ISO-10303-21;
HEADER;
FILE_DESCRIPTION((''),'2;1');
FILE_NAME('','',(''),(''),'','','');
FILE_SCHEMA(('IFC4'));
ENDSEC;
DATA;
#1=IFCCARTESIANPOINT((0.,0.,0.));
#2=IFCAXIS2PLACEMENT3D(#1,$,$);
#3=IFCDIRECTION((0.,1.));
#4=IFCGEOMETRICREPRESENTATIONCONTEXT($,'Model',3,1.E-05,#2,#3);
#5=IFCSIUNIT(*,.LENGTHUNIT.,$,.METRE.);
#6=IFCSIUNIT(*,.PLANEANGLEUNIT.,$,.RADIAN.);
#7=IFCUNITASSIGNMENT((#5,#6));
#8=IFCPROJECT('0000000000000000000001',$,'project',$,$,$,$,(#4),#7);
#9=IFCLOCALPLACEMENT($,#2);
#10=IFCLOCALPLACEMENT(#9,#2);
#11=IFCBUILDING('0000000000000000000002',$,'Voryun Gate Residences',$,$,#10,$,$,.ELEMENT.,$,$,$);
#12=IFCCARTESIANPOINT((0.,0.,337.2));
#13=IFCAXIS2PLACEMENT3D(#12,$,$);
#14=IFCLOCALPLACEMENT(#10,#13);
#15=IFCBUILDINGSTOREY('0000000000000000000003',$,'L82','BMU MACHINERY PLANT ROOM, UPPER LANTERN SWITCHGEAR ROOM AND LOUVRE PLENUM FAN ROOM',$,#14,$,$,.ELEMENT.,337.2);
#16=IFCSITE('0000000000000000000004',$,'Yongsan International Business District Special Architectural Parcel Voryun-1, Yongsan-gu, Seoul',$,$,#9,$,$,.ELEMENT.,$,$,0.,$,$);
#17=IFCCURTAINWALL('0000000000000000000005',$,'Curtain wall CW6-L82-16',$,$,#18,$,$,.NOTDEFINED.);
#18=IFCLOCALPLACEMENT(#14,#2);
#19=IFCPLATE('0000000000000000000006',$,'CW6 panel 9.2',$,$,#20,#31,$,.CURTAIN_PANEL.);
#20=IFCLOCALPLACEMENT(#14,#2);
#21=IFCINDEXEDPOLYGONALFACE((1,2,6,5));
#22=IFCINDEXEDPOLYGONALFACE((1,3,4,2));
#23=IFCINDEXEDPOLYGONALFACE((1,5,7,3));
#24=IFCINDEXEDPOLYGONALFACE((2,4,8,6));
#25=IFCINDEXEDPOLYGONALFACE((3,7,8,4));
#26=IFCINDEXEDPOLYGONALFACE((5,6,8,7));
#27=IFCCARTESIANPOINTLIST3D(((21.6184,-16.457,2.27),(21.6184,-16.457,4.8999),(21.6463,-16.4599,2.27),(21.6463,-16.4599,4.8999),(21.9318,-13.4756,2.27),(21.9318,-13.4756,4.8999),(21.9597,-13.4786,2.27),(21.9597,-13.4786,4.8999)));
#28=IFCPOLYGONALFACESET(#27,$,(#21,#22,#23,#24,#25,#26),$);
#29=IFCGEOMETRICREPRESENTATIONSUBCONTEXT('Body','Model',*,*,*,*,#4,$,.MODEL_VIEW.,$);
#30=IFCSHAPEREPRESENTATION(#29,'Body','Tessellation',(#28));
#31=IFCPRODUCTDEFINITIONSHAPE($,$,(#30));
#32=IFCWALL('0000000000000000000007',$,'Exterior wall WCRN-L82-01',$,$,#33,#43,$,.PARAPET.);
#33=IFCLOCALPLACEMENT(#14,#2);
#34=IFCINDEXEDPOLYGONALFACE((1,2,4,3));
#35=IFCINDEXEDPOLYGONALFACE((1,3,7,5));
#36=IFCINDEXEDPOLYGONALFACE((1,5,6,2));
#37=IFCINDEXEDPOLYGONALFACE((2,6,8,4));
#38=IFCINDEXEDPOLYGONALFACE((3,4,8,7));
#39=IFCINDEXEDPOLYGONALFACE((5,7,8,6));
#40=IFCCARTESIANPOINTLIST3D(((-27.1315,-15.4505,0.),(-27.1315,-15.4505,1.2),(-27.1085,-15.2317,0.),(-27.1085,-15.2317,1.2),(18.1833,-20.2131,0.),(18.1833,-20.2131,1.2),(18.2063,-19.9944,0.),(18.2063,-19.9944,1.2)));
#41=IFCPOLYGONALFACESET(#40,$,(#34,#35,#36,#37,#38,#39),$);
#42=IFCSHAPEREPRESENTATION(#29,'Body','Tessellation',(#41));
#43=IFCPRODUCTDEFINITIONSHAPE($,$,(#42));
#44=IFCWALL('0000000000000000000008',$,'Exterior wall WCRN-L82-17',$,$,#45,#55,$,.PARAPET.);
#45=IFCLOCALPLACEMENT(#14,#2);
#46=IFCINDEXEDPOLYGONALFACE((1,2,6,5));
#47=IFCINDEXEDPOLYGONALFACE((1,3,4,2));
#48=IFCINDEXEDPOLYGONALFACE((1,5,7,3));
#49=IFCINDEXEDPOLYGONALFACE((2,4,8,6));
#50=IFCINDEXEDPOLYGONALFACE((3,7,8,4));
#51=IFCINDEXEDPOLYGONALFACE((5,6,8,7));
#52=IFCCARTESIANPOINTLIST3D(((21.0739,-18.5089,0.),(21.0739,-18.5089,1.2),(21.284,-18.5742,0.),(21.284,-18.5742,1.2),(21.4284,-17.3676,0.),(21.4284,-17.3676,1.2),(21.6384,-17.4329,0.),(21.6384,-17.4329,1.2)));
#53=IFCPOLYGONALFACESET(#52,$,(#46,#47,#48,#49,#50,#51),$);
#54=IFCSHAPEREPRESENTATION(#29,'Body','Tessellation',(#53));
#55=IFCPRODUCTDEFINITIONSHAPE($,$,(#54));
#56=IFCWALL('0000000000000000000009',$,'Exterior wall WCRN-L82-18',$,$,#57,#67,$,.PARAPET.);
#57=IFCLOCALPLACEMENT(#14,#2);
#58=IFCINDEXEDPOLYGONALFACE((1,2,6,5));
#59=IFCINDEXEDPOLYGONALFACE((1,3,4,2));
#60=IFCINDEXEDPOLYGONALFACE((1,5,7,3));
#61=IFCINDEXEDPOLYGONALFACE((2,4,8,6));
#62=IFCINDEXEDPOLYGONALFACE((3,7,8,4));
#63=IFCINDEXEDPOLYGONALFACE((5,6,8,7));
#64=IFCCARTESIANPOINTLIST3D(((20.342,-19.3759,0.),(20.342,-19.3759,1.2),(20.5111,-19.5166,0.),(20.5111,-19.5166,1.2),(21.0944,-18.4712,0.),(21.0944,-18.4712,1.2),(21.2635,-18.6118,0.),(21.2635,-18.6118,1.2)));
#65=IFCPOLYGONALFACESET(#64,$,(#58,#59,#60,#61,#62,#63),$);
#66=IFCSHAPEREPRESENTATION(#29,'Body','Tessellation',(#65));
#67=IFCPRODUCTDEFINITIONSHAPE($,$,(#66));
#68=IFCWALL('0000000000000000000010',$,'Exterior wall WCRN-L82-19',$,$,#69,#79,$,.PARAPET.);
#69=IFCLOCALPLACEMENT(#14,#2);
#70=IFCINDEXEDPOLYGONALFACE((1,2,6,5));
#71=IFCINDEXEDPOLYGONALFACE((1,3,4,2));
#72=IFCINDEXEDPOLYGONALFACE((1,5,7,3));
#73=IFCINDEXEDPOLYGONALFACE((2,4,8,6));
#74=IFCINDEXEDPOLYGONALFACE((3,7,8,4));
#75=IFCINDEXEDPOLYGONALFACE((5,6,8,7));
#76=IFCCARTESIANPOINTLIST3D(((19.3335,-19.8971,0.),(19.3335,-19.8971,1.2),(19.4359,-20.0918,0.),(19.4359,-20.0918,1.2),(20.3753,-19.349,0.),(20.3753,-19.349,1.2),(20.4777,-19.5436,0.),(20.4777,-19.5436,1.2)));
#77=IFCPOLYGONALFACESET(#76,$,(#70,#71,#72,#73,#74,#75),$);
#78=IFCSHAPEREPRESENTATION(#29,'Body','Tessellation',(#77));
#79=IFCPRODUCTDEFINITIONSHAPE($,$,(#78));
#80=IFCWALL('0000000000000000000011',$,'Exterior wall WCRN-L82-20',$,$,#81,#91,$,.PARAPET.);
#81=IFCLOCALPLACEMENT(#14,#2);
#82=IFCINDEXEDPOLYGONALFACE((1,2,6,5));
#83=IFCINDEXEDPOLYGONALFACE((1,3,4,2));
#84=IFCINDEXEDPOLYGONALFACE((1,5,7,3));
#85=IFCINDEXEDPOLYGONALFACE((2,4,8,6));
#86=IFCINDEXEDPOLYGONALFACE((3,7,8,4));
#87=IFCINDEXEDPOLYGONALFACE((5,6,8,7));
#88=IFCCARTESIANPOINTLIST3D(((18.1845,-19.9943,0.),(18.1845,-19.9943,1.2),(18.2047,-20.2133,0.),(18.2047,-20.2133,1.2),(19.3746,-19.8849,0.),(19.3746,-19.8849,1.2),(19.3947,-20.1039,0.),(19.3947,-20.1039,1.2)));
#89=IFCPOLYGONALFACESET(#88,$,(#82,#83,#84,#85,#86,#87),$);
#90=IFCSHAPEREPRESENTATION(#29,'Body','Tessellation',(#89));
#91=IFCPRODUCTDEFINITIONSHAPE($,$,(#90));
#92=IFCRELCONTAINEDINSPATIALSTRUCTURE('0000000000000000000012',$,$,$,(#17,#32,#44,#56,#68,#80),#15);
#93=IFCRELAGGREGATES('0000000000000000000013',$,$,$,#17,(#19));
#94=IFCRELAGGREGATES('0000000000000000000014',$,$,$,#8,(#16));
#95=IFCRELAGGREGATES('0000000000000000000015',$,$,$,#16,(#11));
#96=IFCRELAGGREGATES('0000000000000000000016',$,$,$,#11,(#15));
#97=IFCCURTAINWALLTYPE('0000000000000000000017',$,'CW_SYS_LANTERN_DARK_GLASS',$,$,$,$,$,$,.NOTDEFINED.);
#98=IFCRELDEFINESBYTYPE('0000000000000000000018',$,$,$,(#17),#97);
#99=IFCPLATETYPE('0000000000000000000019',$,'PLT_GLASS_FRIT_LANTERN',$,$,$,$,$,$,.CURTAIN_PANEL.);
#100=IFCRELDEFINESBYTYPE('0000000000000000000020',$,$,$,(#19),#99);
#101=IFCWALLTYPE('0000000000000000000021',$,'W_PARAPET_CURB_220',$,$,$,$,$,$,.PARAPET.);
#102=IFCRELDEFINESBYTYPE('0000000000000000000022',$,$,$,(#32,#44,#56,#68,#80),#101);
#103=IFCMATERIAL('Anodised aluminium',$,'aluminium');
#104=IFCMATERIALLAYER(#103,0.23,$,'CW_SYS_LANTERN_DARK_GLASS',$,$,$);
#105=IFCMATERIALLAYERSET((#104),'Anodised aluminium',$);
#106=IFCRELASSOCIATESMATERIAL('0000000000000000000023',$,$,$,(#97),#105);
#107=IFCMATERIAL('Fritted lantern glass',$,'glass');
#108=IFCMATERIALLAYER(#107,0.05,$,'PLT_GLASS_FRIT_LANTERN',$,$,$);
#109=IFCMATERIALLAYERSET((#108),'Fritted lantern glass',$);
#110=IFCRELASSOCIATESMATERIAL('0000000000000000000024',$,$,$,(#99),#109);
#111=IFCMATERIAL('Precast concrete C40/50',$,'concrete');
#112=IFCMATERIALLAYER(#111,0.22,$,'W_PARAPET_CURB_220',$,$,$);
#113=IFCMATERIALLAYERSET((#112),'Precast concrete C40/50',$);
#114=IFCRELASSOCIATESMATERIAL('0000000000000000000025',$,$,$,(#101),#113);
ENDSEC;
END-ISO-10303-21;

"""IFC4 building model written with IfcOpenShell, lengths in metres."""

from ifc_helpers import new_model, si_unit, direction, frame, frame_2d, origin, origin_2d, place, context, subcontext, project, spatial, rectangle, extrude, material, layer, layer_set, type_object, element, aggregate, save


model = new_model("IFC4")

# Units and contexts
model_context = context("Model", 3, precision=1e-05, world=origin(), true_north=direction((0.0, 1.0)))
body_context = subcontext(model_context, "Body", "Model", "MODEL_VIEW")
ifc_project = project(units=[si_unit("LENGTHUNIT", "METRE"), si_unit("PLANEANGLEUNIT", "RADIAN")], contexts=[model_context])

# Site, building, storey
site_placement = place(None, origin())
site = spatial("IfcSite", under=ifc_project, at=site_placement, Name="Yongsan International Business District Special Architectural Parcel Voryun-1, Yongsan-gu, Seoul", CompositionType="ELEMENT", RefElevation=0.0)
building_placement = place(site_placement, origin())
building = spatial("IfcBuilding", under=site, at=building_placement, Name="Voryun Gate Residences", CompositionType="ELEMENT")
storey_placement = place(building_placement, frame((0.0, 0.0, 337.2)))
storey = spatial("IfcBuildingStorey", under=building, at=storey_placement, Name="L82", Description="BMU MACHINERY PLANT ROOM, UPPER LANTERN SWITCHGEAR ROOM AND LOUVRE PLENUM FAN ROOM", CompositionType="ELEMENT", Elevation=337.2)

# Shared definitions
ifc_material_1 = material(Name="Anodised aluminium", Category="aluminium")
ifc_layer_1 = layer(ifc_material_1, 0.23, Name="CW_SYS_LANTERN_DARK_GLASS")
ifc_layer_set_1 = layer_set([ifc_layer_1], Name="Anodised aluminium")
curtain_wall_type = type_object("IfcCurtainWallType", Name="CW_SYS_LANTERN_DARK_GLASS", PredefinedType="NOTDEFINED", material=ifc_layer_set_1)

# Curtain wall
curtain_wall_1_placement = place(storey_placement, origin())
curtain_wall_1 = element("IfcCurtainWall", 1, at=curtain_wall_1_placement, inside=storey, type_object=curtain_wall_type, Name="Curtain wall CW6-L82-16", PredefinedType="NOTDEFINED")

# Plate
ifc_material_2 = material(Name="Fritted lantern glass", Category="glass")
ifc_layer_2 = layer(ifc_material_2, 0.05, Name="PLT_GLASS_FRIT_LANTERN")
ifc_layer_set_2 = layer_set([ifc_layer_2], Name="Fritted lantern glass")
plate_type_1 = type_object("IfcPlateType", Name="PLT_GLASS_FRIT_LANTERN", PredefinedType="CURTAIN_PANEL", material=ifc_layer_set_2)
plate_1_placement = place(storey_placement, frame((21.7891, -14.9678, 2.27), z_axis=(0.0, 0.0, 1.0), x_axis=(-0.104528, -0.994522, 0.0)))
plate_1 = element("IfcPlate", 2, at=plate_1_placement, type_object=plate_type_1, Name="CW6 panel 9.2", PredefinedType="CURTAIN_PANEL", context=body_context, shape_type="SweptSolid", body=[
    extrude(rectangle(XDim=2.9978, YDim=0.0281, at=origin_2d()), origin(), (0.0, 0.0, 1.0), 2.6299),
])
aggregate(curtain_wall_1, [plate_1])

# Walls
ifc_material_3 = material(Name="Precast concrete C40/50", Category="concrete")
ifc_layer_3 = layer(ifc_material_3, 0.22, Name="W_PARAPET_CURB_220")
ifc_layer_set_3 = layer_set([ifc_layer_3], Name="Precast concrete C40/50")
wall_type = type_object("IfcWallType", Name="W_PARAPET_CURB_220", PredefinedType="PARAPET", material=ifc_layer_set_3)
wall_1_placement = place(storey_placement, frame((18.1948, -20.1038, 0.0), z_axis=(0.0, 0.0, 1.0), x_axis=(-0.994522, 0.104526, 0.0)))
element("IfcWall", 3, at=wall_1_placement, inside=storey, type_object=wall_type, Name="Exterior wall WCRN-L82-01", PredefinedType="PARAPET", context=body_context, shape_type="SweptSolid", body=[
    extrude(rectangle(XDim=45.5645, YDim=0.22, at=frame_2d((22.7822, 0.0))), origin(), (0.0, 0.0, 1.0), 1.2),
])
wall_2_placement = place(storey_placement, frame((21.5334, -17.4001, 0.0), z_axis=(0.0, 0.0, 1.0), x_axis=(-0.296611, -0.954998, 0.0)))
element("IfcWall", 4, at=wall_2_placement, inside=storey, type_object=wall_type, Name="Exterior wall WCRN-L82-17", PredefinedType="PARAPET", context=body_context, shape_type="SweptSolid", body=[
    extrude(rectangle(XDim=1.1951, YDim=0.22, at=frame_2d((0.5977, 0.0))), origin(), (0.0, 0.0, 1.0), 1.2),
])
wall_3_placement = place(storey_placement, frame((21.179, -18.5415, 0.0), z_axis=(0.0, 0.0, 1.0), x_axis=(-0.639409, -0.768867, 0.0)))
element("IfcWall", 5, at=wall_3_placement, inside=storey, type_object=wall_type, Name="Exterior wall WCRN-L82-18", PredefinedType="PARAPET", context=body_context, shape_type="SweptSolid", body=[
    extrude(rectangle(XDim=1.1768, YDim=0.22, at=frame_2d((0.5884, 0.0))), origin(), (0.0, 0.0, 1.0), 1.2),
])
wall_4_placement = place(storey_placement, frame((20.4265, -19.4463, 0.0), z_axis=(0.0, 0.0, 1.0), x_axis=(-0.884986, -0.465618, 0.0)))
element("IfcWall", 6, at=wall_4_placement, inside=storey, type_object=wall_type, Name="Exterior wall WCRN-L82-19", PredefinedType="PARAPET", context=body_context, shape_type="SweptSolid", body=[
    extrude(rectangle(XDim=1.1772, YDim=0.22, at=frame_2d((0.5886, 0.0))), origin(), (0.0, 0.0, 1.0), 1.2),
])
wall_5_placement = place(storey_placement, frame((19.3848, -19.9944, 0.0), z_axis=(0.0, 0.0, 1.0), x_axis=(-0.995802, -0.09153, 0.0)))
element("IfcWall", 7, at=wall_5_placement, inside=storey, type_object=wall_type, Name="Exterior wall WCRN-L82-20", PredefinedType="PARAPET", context=body_context, shape_type="SweptSolid", body=[
    extrude(rectangle(XDim=1.1951, YDim=0.22, at=frame_2d((0.5977, 0.0))), origin(), (0.0, 0.0, 1.0), 1.2),
])

save(model, "model.ifc")
